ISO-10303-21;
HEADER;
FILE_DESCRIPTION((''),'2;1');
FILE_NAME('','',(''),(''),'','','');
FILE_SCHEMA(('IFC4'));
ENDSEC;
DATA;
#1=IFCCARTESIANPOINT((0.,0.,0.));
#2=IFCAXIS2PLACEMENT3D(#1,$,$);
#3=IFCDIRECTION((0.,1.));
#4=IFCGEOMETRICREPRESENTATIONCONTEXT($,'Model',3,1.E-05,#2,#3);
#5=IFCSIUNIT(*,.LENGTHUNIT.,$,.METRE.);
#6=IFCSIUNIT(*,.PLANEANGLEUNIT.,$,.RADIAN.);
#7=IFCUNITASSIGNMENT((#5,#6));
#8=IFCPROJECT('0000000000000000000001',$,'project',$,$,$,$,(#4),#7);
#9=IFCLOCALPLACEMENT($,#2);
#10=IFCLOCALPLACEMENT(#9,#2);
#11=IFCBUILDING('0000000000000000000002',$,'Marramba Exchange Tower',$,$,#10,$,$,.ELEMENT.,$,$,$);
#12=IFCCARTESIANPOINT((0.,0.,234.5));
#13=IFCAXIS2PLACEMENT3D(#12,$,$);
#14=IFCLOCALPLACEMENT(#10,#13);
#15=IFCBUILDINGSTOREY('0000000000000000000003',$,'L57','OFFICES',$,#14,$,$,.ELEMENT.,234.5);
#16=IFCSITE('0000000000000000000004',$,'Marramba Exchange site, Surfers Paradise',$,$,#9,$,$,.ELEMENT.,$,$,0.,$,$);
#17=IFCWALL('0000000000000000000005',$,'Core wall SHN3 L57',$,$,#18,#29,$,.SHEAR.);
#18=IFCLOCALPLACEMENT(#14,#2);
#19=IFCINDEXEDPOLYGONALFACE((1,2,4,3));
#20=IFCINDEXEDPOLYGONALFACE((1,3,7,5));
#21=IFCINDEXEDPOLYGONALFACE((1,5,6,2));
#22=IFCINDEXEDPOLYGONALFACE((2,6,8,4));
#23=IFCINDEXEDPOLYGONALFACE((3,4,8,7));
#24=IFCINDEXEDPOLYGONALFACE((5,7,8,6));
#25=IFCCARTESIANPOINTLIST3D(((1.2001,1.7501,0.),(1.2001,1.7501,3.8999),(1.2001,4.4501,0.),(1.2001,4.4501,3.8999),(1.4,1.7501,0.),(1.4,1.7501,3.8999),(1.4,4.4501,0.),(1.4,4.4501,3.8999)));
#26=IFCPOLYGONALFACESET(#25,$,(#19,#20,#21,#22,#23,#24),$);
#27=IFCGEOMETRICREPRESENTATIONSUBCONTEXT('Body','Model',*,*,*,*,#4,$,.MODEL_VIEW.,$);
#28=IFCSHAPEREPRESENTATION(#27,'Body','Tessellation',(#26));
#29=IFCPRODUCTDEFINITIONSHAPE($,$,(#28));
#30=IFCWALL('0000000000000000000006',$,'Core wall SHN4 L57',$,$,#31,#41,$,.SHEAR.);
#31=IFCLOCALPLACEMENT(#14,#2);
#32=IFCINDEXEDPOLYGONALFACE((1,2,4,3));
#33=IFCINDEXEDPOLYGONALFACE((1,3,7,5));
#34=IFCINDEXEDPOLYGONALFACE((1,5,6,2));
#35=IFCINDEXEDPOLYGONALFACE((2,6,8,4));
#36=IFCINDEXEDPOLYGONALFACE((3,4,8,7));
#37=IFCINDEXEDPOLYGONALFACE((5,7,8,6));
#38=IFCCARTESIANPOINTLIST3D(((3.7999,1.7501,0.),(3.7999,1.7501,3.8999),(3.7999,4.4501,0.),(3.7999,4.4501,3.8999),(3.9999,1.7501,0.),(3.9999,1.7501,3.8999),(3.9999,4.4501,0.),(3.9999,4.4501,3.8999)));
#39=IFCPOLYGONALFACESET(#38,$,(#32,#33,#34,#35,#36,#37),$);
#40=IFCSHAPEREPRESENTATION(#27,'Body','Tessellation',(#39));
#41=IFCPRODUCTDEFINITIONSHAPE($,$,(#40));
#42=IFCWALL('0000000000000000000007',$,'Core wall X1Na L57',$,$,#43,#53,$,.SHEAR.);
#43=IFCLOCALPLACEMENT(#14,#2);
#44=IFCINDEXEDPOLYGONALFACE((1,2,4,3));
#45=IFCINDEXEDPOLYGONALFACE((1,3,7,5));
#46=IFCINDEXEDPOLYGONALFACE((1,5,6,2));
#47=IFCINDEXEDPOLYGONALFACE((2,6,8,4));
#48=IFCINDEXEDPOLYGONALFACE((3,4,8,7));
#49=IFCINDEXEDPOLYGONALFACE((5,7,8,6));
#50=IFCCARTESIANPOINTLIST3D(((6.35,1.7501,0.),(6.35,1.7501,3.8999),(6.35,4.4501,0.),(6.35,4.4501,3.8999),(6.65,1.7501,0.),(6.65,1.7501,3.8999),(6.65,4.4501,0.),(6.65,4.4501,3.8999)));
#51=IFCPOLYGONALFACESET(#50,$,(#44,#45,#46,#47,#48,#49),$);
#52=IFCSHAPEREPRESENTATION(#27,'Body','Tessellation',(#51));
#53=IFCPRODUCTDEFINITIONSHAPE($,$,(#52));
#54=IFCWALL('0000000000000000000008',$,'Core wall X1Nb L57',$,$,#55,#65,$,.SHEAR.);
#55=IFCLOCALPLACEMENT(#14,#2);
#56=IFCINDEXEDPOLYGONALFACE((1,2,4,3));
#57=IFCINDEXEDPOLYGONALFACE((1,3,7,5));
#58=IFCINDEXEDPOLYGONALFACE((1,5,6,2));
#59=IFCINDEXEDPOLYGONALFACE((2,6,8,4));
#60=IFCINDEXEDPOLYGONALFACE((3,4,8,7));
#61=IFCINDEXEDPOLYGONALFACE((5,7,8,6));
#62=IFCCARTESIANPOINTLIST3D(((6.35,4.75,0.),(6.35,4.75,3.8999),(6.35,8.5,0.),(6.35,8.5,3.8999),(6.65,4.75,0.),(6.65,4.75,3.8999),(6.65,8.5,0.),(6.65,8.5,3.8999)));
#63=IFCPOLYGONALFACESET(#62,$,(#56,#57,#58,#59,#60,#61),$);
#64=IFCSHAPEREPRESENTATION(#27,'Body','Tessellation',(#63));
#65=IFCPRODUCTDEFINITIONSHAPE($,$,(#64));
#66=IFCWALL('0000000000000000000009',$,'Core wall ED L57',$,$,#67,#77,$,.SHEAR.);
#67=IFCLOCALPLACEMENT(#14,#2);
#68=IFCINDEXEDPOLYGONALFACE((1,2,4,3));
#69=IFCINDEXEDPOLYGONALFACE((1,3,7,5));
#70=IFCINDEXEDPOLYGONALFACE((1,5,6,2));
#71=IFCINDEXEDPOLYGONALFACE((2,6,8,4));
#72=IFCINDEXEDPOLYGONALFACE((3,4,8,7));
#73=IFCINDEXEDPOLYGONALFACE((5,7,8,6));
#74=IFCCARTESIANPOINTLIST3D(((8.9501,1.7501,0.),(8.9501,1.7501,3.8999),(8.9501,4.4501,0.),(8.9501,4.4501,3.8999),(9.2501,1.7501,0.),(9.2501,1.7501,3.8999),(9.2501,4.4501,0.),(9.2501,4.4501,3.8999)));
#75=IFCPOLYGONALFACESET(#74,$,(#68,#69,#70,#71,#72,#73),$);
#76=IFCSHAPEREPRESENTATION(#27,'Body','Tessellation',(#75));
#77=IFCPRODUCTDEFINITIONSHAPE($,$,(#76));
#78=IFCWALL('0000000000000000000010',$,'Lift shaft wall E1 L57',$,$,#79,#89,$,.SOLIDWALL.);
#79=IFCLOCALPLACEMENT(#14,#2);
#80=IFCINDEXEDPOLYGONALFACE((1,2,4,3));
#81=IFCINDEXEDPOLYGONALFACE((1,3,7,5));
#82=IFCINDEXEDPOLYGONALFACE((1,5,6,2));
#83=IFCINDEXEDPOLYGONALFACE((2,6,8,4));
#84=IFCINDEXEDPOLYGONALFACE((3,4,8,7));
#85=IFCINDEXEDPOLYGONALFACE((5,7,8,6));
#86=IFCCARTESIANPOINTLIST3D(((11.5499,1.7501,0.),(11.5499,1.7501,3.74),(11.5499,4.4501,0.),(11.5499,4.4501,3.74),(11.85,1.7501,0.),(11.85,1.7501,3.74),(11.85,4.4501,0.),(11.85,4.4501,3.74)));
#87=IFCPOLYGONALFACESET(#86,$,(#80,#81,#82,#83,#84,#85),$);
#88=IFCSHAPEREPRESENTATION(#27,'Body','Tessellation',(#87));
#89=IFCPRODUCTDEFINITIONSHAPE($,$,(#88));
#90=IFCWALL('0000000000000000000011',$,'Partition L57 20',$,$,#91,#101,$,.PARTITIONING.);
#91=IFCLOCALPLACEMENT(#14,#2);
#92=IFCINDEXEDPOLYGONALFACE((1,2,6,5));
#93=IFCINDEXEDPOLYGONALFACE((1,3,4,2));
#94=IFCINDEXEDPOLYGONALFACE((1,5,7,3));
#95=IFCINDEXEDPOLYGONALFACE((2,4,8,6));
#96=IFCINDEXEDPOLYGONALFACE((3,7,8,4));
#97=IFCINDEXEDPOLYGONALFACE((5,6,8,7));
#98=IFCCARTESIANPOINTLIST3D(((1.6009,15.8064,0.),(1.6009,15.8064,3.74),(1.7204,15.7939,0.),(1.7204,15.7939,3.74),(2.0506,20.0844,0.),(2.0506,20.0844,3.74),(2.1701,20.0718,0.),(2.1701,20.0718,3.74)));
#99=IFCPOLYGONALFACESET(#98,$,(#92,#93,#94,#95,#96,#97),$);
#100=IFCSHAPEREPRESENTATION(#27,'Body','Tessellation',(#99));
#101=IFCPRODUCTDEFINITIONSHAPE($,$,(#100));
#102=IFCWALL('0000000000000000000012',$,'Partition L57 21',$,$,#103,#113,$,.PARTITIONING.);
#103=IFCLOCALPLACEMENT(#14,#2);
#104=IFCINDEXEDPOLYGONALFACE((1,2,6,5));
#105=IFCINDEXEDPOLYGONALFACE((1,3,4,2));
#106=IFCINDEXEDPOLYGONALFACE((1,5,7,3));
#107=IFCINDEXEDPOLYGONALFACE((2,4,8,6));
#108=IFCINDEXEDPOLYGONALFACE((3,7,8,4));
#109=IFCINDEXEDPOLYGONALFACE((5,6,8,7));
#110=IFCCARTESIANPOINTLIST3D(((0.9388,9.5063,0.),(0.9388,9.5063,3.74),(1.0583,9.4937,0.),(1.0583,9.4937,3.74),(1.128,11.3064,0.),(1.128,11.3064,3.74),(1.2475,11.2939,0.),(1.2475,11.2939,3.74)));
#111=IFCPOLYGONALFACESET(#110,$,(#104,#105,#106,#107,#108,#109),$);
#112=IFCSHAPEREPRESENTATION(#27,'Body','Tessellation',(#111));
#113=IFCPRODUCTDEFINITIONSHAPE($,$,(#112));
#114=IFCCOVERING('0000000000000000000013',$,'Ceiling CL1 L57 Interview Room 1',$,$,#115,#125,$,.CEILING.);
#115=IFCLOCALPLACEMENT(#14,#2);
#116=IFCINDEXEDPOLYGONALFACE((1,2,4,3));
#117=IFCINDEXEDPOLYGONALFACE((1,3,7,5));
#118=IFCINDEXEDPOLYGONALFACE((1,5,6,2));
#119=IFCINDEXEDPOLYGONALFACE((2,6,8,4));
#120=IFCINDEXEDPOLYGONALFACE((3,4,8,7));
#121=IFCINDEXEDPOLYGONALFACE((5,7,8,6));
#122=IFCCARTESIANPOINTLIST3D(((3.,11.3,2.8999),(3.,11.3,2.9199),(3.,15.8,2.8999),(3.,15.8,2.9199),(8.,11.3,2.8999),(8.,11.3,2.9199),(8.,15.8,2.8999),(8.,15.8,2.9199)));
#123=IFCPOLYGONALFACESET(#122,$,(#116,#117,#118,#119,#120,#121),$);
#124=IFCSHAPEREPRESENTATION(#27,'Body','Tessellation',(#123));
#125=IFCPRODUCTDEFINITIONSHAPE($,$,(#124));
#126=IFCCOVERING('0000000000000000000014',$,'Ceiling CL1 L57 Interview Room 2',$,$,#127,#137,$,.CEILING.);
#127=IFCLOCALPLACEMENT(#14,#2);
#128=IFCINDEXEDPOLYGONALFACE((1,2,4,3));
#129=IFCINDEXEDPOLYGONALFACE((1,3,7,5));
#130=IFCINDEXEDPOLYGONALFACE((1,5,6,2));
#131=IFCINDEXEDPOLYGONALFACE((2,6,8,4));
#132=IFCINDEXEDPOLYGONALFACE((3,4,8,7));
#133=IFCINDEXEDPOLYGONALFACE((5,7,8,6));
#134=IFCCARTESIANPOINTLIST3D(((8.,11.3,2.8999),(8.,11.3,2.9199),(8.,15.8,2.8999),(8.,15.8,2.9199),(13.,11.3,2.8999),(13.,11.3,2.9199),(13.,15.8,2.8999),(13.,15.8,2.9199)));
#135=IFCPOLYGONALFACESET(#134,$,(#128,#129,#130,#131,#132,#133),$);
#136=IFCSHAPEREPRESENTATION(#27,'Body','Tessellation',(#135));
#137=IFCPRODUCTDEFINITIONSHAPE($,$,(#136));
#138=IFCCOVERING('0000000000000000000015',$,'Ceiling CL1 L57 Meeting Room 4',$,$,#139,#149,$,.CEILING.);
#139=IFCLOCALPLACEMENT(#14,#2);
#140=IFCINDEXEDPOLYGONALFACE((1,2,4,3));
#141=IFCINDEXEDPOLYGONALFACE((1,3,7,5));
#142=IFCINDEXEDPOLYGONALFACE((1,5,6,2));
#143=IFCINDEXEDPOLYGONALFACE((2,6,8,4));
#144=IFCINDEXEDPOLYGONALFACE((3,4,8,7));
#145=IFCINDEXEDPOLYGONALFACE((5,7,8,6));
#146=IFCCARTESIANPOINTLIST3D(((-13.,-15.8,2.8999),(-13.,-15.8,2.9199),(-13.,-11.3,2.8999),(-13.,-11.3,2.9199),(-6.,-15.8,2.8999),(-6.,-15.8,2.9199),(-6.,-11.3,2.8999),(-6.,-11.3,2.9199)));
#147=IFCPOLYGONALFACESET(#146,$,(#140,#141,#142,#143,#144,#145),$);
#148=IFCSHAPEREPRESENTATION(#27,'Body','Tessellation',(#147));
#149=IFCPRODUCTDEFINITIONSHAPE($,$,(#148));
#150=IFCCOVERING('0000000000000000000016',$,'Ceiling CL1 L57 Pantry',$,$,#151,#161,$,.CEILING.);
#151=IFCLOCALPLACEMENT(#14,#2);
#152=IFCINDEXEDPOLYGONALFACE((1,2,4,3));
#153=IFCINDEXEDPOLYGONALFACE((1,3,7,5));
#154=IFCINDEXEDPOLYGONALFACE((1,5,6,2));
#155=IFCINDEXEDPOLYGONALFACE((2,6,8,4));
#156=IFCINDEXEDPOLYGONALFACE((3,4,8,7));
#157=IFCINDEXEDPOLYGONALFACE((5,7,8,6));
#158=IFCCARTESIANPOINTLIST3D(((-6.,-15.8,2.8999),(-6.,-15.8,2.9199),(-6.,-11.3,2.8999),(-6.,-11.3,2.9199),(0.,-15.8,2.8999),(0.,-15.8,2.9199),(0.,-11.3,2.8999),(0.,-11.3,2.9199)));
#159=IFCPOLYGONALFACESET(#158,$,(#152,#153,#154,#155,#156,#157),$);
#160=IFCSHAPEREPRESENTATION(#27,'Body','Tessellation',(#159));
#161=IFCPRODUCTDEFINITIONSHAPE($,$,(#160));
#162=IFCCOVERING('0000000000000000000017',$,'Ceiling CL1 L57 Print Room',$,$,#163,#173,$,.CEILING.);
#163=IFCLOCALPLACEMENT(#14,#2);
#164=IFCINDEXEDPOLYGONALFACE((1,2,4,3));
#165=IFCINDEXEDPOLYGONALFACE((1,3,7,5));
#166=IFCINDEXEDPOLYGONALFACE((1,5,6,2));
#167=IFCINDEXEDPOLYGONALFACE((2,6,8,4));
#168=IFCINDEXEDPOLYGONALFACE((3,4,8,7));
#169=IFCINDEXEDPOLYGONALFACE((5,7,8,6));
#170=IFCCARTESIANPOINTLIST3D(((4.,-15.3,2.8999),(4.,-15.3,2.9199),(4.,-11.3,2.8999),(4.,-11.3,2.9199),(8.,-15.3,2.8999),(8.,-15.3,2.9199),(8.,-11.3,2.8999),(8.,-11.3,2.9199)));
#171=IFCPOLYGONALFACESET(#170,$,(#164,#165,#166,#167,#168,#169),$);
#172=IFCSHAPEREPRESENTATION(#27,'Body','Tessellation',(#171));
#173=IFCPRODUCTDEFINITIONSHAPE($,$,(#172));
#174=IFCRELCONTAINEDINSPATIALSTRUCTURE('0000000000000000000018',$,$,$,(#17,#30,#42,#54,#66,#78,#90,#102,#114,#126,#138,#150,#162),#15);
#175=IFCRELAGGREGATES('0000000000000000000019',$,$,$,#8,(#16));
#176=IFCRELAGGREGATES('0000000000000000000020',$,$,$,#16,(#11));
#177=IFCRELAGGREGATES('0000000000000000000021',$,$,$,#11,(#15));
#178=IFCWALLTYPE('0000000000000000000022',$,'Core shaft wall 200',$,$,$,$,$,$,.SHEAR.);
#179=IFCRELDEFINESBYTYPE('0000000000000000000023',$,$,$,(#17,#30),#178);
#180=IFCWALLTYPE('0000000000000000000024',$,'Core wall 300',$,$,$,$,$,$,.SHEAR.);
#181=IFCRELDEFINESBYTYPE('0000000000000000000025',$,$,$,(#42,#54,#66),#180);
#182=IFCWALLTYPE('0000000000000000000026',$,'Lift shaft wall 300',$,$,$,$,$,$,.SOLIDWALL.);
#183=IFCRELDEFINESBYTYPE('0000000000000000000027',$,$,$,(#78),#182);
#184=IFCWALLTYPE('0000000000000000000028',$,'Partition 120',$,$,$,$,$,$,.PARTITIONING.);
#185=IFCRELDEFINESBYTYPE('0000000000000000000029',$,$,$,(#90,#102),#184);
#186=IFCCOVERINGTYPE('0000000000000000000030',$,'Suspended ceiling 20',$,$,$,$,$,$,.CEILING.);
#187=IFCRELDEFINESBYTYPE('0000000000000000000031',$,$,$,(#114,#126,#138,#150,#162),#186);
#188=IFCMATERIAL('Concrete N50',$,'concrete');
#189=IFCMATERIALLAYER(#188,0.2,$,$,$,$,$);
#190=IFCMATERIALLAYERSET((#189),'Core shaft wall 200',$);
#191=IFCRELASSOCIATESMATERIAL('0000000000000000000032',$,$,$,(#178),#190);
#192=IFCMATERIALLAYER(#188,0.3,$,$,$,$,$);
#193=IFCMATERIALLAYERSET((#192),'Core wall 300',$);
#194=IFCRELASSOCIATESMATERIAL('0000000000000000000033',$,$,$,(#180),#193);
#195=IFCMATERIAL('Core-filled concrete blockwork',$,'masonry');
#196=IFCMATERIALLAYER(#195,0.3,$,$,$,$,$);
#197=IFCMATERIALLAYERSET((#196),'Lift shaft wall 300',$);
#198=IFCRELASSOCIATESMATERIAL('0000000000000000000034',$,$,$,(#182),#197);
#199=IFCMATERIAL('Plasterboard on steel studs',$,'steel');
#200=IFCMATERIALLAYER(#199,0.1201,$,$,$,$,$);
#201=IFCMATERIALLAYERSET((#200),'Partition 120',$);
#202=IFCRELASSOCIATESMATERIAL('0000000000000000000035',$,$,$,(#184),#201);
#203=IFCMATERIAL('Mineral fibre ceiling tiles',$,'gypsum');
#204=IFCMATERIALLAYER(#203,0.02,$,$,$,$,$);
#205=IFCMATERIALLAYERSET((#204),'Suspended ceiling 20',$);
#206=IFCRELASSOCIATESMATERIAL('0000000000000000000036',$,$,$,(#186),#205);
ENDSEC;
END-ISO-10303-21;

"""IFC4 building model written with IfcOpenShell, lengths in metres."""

from ifc_helpers import new_model, si_unit, direction, frame, frame_2d, origin, place, context, subcontext, project, spatial, polyline, rectangle, outline, extrude, material, layer, layer_set, type_object, element, save


model = new_model("IFC4")

# Units and contexts
model_context = context("Model", 3, precision=1e-05, world=origin(), true_north=direction((0.0, 1.0)))
body_context = subcontext(model_context, "Body", "Model", "MODEL_VIEW")
ifc_project = project(units=[si_unit("LENGTHUNIT", "METRE"), si_unit("PLANEANGLEUNIT", "RADIAN")], contexts=[model_context])

# Site, building, storey
site_placement = place(None, origin())
site = spatial("IfcSite", under=ifc_project, at=site_placement, Name="Marramba Exchange site, Surfers Paradise", CompositionType="ELEMENT", RefElevation=0.0)
building_placement = place(site_placement, origin())
building = spatial("IfcBuilding", under=site, at=building_placement, Name="Marramba Exchange Tower", CompositionType="ELEMENT")
storey_placement = place(building_placement, frame((0.0, 0.0, 234.5)))
storey = spatial("IfcBuildingStorey", under=building, at=storey_placement, Name="L57", Description="OFFICES", CompositionType="ELEMENT", Elevation=234.5)

# Walls
ifc_material_1 = material(Name="Concrete N50", Category="concrete")
ifc_layer_1 = layer(ifc_material_1, 0.2)
ifc_layer_set_1 = layer_set([ifc_layer_1], Name="Core shaft wall 200")
wall_type_1 = type_object("IfcWallType", Name="Core shaft wall 200", PredefinedType="SHEAR", material=ifc_layer_set_1)
for number, where, z_axis, x_axis, name in (
    (1, (1.3, 1.75, 0.0), (0.0, 0.0, 1.0), (0.0, 1.0, 0.0), "Core wall SHN3 L57"),
    (2, (3.8999, 1.75, 0.0), (0.0, 0.0, 1.0), (0.0, 1.0, 0.0), "Core wall SHN4 L57"),
):
    element("IfcWall", number, at=place(storey_placement, frame(where, z_axis=z_axis, x_axis=x_axis)), inside=storey, type_object=wall_type_1, Name=name, PredefinedType="SHEAR", context=body_context, shape_type="SweptSolid", body=[
        extrude(rectangle(XDim=2.7, YDim=0.2, at=frame_2d((1.3501, 0.0))), origin(), (0.0, 0.0, 1.0), 3.8999),
    ])
ifc_layer_2 = layer(ifc_material_1, 0.3)
ifc_layer_set_2 = layer_set([ifc_layer_2], Name="Core wall 300")
wall_type_2 = type_object("IfcWallType", Name="Core wall 300", PredefinedType="SHEAR", material=ifc_layer_set_2)
wall_1_placement = place(storey_placement, frame((6.5, 1.75, 0.0), z_axis=(0.0, 0.0, 1.0), x_axis=(0.0, 1.0, 0.0)))
element("IfcWall", 3, at=wall_1_placement, inside=storey, type_object=wall_type_2, Name="Core wall X1Na L57", PredefinedType="SHEAR", context=body_context, shape_type="SweptSolid", body=[
    extrude(rectangle(XDim=2.7, YDim=0.3, at=frame_2d((1.3501, 0.0))), origin(), (0.0, 0.0, 1.0), 3.8999),
])
wall_2_placement = place(storey_placement, frame((6.5, 4.75, 0.0), z_axis=(0.0, 0.0, 1.0), x_axis=(0.0, 1.0, 0.0)))
element("IfcWall", 4, at=wall_2_placement, inside=storey, type_object=wall_type_2, Name="Core wall X1Nb L57", PredefinedType="SHEAR", context=body_context, shape_type="SweptSolid", body=[
    extrude(rectangle(XDim=3.75, YDim=0.3, at=frame_2d((1.875, 0.0))), origin(), (0.0, 0.0, 1.0), 3.8999),
])
wall_3_placement = place(storey_placement, frame((9.1001, 1.75, 0.0), z_axis=(0.0, 0.0, 1.0), x_axis=(0.0, 1.0, 0.0)))
element("IfcWall", 5, at=wall_3_placement, inside=storey, type_object=wall_type_2, Name="Core wall ED L57", PredefinedType="SHEAR", context=body_context, shape_type="SweptSolid", body=[
    extrude(rectangle(XDim=2.7, YDim=0.3, at=frame_2d((1.3501, 0.0))), origin(), (0.0, 0.0, 1.0), 3.8999),
])
ifc_material_2 = material(Name="Core-filled concrete blockwork", Category="masonry")
ifc_layer_3 = layer(ifc_material_2, 0.3)
ifc_layer_set_3 = layer_set([ifc_layer_3], Name="Lift shaft wall 300")
wall_type_3 = type_object("IfcWallType", Name="Lift shaft wall 300", PredefinedType="SOLIDWALL", material=ifc_layer_set_3)
wall_4_placement = place(storey_placement, frame((11.7, 1.75, 0.0), z_axis=(0.0, 0.0, 1.0), x_axis=(0.0, 1.0, 0.0)))
element("IfcWall", 6, at=wall_4_placement, inside=storey, type_object=wall_type_3, Name="Lift shaft wall E1 L57", PredefinedType="SOLIDWALL", context=body_context, shape_type="SweptSolid", body=[
    extrude(rectangle(XDim=2.7, YDim=0.3, at=frame_2d((1.3501, 0.0))), origin(), (0.0, 0.0, 1.0), 3.74),
])
ifc_material_3 = material(Name="Plasterboard on steel studs", Category="steel")
ifc_layer_4 = layer(ifc_material_3, 0.1201)
ifc_layer_set_4 = layer_set([ifc_layer_4], Name="Partition 120")
wall_type_4 = type_object("IfcWallType", Name="Partition 120", PredefinedType="PARTITIONING", material=ifc_layer_set_4)
wall_5_placement = place(storey_placement, frame((1.6606, 15.8, 0.0), z_axis=(0.0, 0.0, 1.0), x_axis=(0.104549, 0.99452, 0.0)))
element("IfcWall", 7, at=wall_5_placement, inside=storey, type_object=wall_type_4, Name="Partition L57 20", PredefinedType="PARTITIONING", context=body_context, shape_type="SweptSolid", body=[
    extrude(rectangle(XDim=4.3015, YDim=0.1201, at=frame_2d((2.1509, 0.0))), origin(), (0.0, 0.0, 1.0), 3.74),
])
wall_6_placement = place(storey_placement, frame((0.9985, 9.5, 0.0), z_axis=(0.0, 0.0, 1.0), x_axis=(0.104537, 0.994521, 0.0)))
element("IfcWall", 8, at=wall_6_placement, inside=storey, type_object=wall_type_4, Name="Partition L57 21", PredefinedType="PARTITIONING", context=body_context, shape_type="SweptSolid", body=[
    extrude(rectangle(XDim=1.8101, YDim=0.1201, at=frame_2d((0.905, 0.0))), origin(), (0.0, 0.0, 1.0), 3.74),
])

# Coverings
ifc_material_4 = material(Name="Mineral fibre ceiling tiles", Category="gypsum")
ifc_layer_5 = layer(ifc_material_4, 0.02)
ifc_layer_set_5 = layer_set([ifc_layer_5], Name="Suspended ceiling 20")
covering_type = type_object("IfcCoveringType", Name="Suspended ceiling 20", PredefinedType="CEILING", material=ifc_layer_set_5)
covering_1_placement = place(storey_placement, frame((0.0, 0.0, 2.8999)))
element("IfcCovering", 9, at=covering_1_placement, inside=storey, type_object=covering_type, Name="Ceiling CL1 L57 Interview Room 1", PredefinedType="CEILING", context=body_context, shape_type="SweptSolid", body=[
    extrude(outline(polyline([(8.0, 11.3), (3.0, 11.3), (3.0, 15.8), (8.0, 15.8), (8.0, 11.3)])), origin(), (0.0, 0.0, 1.0), 0.02),
])
covering_2_placement = place(storey_placement, frame((0.0, 0.0, 2.8999)))
element("IfcCovering", 10, at=covering_2_placement, inside=storey, type_object=covering_type, Name="Ceiling CL1 L57 Interview Room 2", PredefinedType="CEILING", context=body_context, shape_type="SweptSolid", body=[
    extrude(outline(polyline([(13.0, 11.3), (8.0, 11.3), (8.0, 15.8), (13.0, 15.8), (13.0, 11.3)])), origin(), (0.0, 0.0, 1.0), 0.02),
])
covering_3_placement = place(storey_placement, frame((0.0, 0.0, 2.8999)))
element("IfcCovering", 11, at=covering_3_placement, inside=storey, type_object=covering_type, Name="Ceiling CL1 L57 Meeting Room 4", PredefinedType="CEILING", context=body_context, shape_type="SweptSolid", body=[
    extrude(outline(polyline([(-6.0, -15.8), (-13.0, -15.8), (-13.0, -11.3), (-6.0, -11.3), (-6.0, -15.8)])), origin(), (0.0, 0.0, 1.0), 0.02),
])
covering_4_placement = place(storey_placement, frame((0.0, 0.0, 2.8999)))
element("IfcCovering", 12, at=covering_4_placement, inside=storey, type_object=covering_type, Name="Ceiling CL1 L57 Pantry", PredefinedType="CEILING", context=body_context, shape_type="SweptSolid", body=[
    extrude(outline(polyline([(0.0, -11.3), (0.0, -15.8), (-6.0, -15.8), (-6.0, -11.3), (0.0, -11.3)])), origin(), (0.0, 0.0, 1.0), 0.02),
])
covering_5_placement = place(storey_placement, frame((0.0, 0.0, 2.8999)))
element("IfcCovering", 13, at=covering_5_placement, inside=storey, type_object=covering_type, Name="Ceiling CL1 L57 Print Room", PredefinedType="CEILING", context=body_context, shape_type="SweptSolid", body=[
    extrude(outline(polyline([(8.0, -15.3), (4.0, -15.3), (4.0, -11.3), (8.0, -11.3), (8.0, -15.3)])), origin(), (0.0, 0.0, 1.0), 0.02),
])

save(model, "model.ifc")
